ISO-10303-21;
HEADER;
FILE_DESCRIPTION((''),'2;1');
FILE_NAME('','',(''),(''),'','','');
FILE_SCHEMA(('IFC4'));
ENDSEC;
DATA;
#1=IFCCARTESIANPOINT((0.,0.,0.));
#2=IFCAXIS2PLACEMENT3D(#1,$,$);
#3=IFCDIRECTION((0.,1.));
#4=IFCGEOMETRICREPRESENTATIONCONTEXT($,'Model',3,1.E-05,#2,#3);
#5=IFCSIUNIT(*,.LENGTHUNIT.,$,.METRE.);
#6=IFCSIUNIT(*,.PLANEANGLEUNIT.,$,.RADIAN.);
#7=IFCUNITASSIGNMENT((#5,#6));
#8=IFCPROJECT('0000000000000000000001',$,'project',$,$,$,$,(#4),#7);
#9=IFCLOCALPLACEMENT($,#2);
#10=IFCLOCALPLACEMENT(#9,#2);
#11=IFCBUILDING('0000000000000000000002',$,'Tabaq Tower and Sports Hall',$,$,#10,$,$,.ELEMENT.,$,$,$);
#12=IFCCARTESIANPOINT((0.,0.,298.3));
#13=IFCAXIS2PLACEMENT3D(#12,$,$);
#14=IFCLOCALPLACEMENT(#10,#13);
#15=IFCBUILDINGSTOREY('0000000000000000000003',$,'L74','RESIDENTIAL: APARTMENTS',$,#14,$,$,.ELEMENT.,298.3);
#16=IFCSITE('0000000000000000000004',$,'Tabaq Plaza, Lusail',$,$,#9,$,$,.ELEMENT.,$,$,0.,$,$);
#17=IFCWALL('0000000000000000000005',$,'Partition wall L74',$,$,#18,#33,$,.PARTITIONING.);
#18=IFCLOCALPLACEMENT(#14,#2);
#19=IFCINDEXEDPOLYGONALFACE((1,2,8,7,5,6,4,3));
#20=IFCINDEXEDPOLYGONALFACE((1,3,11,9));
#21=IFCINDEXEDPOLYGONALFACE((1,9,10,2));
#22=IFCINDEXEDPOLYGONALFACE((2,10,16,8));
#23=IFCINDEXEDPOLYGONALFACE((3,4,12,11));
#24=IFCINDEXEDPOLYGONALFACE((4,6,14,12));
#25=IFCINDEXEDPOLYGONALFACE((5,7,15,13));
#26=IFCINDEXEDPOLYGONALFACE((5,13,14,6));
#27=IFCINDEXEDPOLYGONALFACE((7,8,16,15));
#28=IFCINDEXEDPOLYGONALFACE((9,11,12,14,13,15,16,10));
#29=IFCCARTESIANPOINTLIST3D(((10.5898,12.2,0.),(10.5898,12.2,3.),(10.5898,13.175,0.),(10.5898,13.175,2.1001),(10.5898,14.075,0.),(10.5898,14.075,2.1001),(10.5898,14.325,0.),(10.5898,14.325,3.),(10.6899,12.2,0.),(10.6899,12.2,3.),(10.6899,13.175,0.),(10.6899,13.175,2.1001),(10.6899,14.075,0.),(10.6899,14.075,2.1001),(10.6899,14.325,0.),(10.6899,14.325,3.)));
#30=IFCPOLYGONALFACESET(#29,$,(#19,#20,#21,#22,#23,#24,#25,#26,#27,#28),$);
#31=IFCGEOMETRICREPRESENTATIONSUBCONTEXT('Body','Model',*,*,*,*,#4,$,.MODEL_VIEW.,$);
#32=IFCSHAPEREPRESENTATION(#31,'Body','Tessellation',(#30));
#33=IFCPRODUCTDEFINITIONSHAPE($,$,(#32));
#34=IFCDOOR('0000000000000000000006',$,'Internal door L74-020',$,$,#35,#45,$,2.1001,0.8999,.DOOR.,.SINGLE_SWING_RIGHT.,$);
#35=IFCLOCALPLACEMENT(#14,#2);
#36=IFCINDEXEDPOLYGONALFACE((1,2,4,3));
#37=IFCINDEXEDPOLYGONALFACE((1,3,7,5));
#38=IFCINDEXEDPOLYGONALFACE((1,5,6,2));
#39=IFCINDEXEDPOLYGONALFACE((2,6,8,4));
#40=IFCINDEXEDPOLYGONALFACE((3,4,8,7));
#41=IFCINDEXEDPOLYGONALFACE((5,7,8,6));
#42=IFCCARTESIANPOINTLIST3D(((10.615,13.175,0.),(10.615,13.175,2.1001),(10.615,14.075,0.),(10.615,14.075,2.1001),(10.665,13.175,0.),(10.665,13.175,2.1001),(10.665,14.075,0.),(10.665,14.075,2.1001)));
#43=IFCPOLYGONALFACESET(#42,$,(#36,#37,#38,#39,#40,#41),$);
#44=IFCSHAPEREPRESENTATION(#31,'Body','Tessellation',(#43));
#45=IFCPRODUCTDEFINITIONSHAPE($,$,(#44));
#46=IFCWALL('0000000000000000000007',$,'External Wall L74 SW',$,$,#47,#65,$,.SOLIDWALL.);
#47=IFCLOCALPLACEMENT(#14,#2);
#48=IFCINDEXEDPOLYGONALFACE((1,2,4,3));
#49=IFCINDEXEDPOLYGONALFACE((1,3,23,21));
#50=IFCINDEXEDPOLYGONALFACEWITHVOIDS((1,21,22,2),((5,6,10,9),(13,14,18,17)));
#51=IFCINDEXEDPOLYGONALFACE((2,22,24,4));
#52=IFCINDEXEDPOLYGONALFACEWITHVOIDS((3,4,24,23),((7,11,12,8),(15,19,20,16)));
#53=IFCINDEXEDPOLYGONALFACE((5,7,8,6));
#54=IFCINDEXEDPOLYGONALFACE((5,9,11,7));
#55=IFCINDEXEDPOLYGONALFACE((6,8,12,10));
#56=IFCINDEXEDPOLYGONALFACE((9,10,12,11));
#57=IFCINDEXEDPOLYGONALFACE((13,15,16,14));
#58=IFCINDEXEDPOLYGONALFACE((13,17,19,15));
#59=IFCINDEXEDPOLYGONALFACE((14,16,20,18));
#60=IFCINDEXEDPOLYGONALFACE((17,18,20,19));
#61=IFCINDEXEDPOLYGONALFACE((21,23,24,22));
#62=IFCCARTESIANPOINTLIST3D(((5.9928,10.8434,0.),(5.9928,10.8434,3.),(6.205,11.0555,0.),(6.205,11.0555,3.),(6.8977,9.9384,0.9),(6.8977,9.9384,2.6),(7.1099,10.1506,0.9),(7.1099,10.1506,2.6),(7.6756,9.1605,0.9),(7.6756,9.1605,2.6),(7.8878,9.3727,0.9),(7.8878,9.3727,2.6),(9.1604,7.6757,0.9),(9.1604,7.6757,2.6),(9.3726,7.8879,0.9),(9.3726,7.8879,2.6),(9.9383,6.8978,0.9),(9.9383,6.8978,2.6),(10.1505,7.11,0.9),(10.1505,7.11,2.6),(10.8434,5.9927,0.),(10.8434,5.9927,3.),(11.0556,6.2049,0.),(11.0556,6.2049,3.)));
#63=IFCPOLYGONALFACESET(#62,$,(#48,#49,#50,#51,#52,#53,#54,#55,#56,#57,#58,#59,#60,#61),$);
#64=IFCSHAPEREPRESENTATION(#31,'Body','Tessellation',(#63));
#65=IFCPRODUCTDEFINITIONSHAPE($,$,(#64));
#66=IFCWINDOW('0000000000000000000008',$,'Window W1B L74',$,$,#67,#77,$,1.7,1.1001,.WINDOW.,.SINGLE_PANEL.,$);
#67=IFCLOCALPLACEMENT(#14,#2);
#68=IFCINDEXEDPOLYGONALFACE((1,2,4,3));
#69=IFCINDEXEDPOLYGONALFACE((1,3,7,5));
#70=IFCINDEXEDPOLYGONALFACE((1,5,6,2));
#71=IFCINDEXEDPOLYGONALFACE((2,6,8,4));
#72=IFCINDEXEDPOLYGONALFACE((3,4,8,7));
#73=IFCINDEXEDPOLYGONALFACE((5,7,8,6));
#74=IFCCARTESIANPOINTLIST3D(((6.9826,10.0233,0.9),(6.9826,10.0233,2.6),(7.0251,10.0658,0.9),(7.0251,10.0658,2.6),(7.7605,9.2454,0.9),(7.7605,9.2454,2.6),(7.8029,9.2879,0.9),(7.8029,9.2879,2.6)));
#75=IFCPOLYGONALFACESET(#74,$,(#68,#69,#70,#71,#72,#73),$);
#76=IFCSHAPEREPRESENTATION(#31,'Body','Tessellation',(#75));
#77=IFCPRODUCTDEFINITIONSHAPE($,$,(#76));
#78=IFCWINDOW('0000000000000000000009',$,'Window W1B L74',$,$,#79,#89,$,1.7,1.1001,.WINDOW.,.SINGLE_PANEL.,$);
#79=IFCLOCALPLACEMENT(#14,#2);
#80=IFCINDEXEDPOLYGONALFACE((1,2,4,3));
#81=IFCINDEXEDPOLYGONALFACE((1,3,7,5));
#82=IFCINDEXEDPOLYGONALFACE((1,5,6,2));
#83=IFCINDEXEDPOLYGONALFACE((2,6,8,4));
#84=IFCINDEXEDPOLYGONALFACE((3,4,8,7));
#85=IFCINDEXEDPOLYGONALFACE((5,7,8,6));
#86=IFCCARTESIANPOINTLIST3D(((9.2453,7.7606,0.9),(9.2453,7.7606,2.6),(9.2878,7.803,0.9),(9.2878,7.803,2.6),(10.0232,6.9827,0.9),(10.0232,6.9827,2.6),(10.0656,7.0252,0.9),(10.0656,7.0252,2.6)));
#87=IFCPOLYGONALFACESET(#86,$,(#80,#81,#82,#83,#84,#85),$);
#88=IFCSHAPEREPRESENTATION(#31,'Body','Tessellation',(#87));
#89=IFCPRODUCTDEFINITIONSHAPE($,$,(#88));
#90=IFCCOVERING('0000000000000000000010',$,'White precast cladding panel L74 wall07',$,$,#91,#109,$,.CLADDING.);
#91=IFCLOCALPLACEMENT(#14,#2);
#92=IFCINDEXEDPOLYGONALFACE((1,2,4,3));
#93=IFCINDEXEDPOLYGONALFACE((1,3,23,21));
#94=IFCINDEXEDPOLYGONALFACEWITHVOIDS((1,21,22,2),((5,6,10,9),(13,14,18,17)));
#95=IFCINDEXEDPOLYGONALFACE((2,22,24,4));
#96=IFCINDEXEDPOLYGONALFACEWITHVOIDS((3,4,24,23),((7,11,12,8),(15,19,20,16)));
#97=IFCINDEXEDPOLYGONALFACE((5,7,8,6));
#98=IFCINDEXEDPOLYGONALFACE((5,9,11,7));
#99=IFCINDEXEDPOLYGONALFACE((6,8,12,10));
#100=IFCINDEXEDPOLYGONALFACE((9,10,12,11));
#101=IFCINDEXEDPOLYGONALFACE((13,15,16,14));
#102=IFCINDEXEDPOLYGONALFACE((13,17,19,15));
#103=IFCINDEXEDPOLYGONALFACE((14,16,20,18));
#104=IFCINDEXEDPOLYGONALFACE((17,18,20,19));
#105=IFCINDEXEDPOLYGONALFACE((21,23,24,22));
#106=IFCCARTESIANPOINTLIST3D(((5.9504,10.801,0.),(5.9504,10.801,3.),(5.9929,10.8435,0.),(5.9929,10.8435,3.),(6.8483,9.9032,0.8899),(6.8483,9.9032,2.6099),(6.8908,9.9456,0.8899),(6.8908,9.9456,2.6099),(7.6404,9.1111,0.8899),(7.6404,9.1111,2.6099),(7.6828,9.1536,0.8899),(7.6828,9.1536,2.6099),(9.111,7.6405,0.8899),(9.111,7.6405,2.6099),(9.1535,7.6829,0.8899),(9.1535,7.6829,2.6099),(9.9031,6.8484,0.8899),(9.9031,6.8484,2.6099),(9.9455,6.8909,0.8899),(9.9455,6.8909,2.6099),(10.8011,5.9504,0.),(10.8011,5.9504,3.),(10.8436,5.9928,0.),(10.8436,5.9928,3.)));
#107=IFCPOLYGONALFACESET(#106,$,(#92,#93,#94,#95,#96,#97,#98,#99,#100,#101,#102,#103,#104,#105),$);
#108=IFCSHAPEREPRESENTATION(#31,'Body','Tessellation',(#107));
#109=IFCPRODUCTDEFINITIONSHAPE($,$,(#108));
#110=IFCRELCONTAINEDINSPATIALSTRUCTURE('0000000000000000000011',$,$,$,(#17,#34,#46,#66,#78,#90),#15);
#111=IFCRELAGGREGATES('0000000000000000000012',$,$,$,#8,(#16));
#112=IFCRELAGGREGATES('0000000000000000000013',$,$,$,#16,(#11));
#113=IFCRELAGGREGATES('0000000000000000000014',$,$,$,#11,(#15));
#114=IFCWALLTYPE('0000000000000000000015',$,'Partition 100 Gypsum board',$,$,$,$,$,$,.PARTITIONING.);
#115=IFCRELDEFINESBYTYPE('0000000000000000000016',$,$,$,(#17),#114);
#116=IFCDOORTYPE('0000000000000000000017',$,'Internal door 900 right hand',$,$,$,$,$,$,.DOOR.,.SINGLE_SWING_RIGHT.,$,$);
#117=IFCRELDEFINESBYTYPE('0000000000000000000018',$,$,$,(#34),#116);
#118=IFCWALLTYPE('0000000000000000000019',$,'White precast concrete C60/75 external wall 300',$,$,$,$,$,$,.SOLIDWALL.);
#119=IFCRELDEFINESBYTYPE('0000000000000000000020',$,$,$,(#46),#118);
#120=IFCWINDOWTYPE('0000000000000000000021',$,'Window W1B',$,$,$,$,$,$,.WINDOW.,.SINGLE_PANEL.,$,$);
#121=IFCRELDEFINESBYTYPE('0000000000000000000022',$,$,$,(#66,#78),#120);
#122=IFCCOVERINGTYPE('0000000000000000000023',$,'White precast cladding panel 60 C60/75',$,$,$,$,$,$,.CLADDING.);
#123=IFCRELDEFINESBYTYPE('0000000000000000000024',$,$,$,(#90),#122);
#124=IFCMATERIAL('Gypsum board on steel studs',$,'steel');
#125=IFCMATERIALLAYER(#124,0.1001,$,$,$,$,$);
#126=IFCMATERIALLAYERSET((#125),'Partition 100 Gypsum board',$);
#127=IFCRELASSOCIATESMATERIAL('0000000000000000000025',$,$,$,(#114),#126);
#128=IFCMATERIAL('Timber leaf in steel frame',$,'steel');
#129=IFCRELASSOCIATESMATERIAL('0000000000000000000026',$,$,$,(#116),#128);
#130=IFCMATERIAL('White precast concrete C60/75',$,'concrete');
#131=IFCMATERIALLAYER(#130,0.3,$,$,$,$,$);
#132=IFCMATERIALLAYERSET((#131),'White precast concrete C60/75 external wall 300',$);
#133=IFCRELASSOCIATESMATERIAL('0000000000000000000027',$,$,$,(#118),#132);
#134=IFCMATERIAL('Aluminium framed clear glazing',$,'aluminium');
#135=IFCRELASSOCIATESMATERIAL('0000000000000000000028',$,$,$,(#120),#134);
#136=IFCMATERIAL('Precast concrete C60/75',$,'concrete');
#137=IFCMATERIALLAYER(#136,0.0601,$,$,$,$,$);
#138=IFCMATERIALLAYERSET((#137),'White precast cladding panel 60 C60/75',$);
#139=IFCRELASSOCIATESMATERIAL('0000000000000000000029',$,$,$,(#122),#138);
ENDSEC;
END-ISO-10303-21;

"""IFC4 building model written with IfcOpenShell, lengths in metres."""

from ifc_helpers import new_model, si_unit, direction, frame, frame_2d, origin, place, context, subcontext, project, spatial, polyline, rectangle, outline, extrude, material, layer, layer_set, type_object, element, fill, save


model = new_model("IFC4")

# Units and contexts
model_context = context("Model", 3, precision=1e-05, world=origin(), true_north=direction((0.0, 1.0)))
body_context = subcontext(model_context, "Body", "Model", "MODEL_VIEW")
ifc_project = project(units=[si_unit("LENGTHUNIT", "METRE"), si_unit("PLANEANGLEUNIT", "RADIAN")], contexts=[model_context])

# Site, building, storey
site_placement = place(None, origin())
site = spatial("IfcSite", under=ifc_project, at=site_placement, Name="Tabaq Plaza, Lusail", CompositionType="ELEMENT", RefElevation=0.0)
building_placement = place(site_placement, origin())
building = spatial("IfcBuilding", under=site, at=building_placement, Name="Tabaq Tower and Sports Hall", CompositionType="ELEMENT")
storey_placement = place(building_placement, frame((0.0, 0.0, 298.3)))
storey = spatial("IfcBuildingStorey", under=building, at=storey_placement, Name="L74", Description="RESIDENTIAL: APARTMENTS", CompositionType="ELEMENT", Elevation=298.3)

# Shared definitions
ifc_material_1 = material(Name="Gypsum board on steel studs", Category="steel")
ifc_layer_1 = layer(ifc_material_1, 0.1001)
ifc_layer_set_1 = layer_set([ifc_layer_1], Name="Partition 100 Gypsum board")
wall_type_1 = type_object("IfcWallType", Name="Partition 100 Gypsum board", PredefinedType="PARTITIONING", material=ifc_layer_set_1)
ifc_material_2 = material(Name="Timber leaf in steel frame", Category="steel")
door_type_1 = type_object("IfcDoorType", Name="Internal door 900 right hand", OperationType="SINGLE_SWING_RIGHT", PredefinedType="DOOR", material=ifc_material_2)

# Wall, opening, door
wall_1_placement = place(storey_placement, frame((10.6399, 12.2, 0.0), z_axis=(0.0, 0.0, 1.0), x_axis=(0.0, 1.0, 0.0)))
wall_1 = element("IfcWall", 1, at=wall_1_placement, inside=storey, type_object=wall_type_1, Name="Partition wall L74", PredefinedType="PARTITIONING", context=body_context, shape_type="SweptSolid", body=[
    extrude(rectangle(XDim=2.125, YDim=0.1001, at=frame_2d((1.0625, 0.0))), origin(), (0.0, 0.0, 1.0), 3.0),
])
opening_1_placement = place(wall_1_placement, frame((0.9751, 0.0, 0.0)))
opening_1 = element("IfcOpeningElement", 2, at=opening_1_placement, cuts=wall_1, PredefinedType="OPENING", context=body_context, shape_type="SweptSolid", body=[
    extrude(rectangle(XDim=0.8999, YDim=2.1001, at=frame_2d((0.45, 1.05))), frame((0.0, 0.05, 0.0), z_axis=(0.0, -1.0, 0.0), x_axis=(1.0, 0.0, 0.0)), (0.0, 0.0, 1.0), 0.1001),
])
door_1_placement = place(opening_1_placement, origin())
door_1 = element("IfcDoor", 3, at=door_1_placement, inside=storey, type_object=door_type_1, Name="Internal door L74-020", OperationType="SINGLE_SWING_RIGHT", OverallHeight=2.1001, OverallWidth=0.8999, PredefinedType="DOOR", context=body_context, shape_type="SweptSolid", body=[
    extrude(rectangle(XDim=0.8999, YDim=2.1001, at=frame_2d((0.45, 1.05))), frame((0.0, 0.0249, 0.0), z_axis=(0.0, -1.0, 0.0), x_axis=(1.0, 0.0, 0.0)), (0.0, 0.0, 1.0), 0.05),
])
fill(opening_1, door_1)

# Wall, openings, windows
ifc_material_3 = material(Name="White precast concrete C60/75", Category="concrete")
ifc_layer_2 = layer(ifc_material_3, 0.3)
ifc_layer_set_2 = layer_set([ifc_layer_2], Name="White precast concrete C60/75 external wall 300")
wall_type_2 = type_object("IfcWallType", Name="White precast concrete C60/75 external wall 300", PredefinedType="SOLIDWALL", material=ifc_layer_set_2)
wall_2_placement = place(storey_placement, frame((6.0989, 10.9495, 0.0), z_axis=(0.0, 0.0, 1.0), x_axis=(0.707107, -0.707107, 0.0)))
wall_2 = element("IfcWall", 4, at=wall_2_placement, inside=storey, type_object=wall_type_2, Name="External Wall L74 SW", PredefinedType="SOLIDWALL", context=body_context, shape_type="SweptSolid", body=[
    extrude(rectangle(XDim=6.8599, YDim=0.3, at=frame_2d((3.4299, 0.0))), origin(), (0.0, 0.0, 1.0), 3.0),
])
opening_2_placement = place(wall_2_placement, frame((1.2798, 0.0, 0.8999)))
opening_2 = element("IfcOpeningElement", 5, at=opening_2_placement, cuts=wall_2, PredefinedType="OPENING", context=body_context, shape_type="SweptSolid", body=[
    extrude(rectangle(XDim=1.1001, YDim=1.7, at=frame_2d((0.55, 0.8501))), frame((0.0, 0.1602, 0.0), z_axis=(0.0, -1.0, 0.0), x_axis=(1.0, 0.0, 0.0)), (0.0, 0.0, 1.0), 0.3201),
])
opening_3_placement = place(wall_2_placement, frame((4.4797, 0.0, 0.8999)))
opening_3 = element("IfcOpeningElement", 6, at=opening_3_placement, cuts=wall_2, PredefinedType="OPENING", context=body_context, shape_type="SweptSolid", body=[
    extrude(rectangle(XDim=1.1001, YDim=1.7, at=frame_2d((0.55, 0.8501))), frame((0.0, 0.1602, 0.0), z_axis=(0.0, -1.0, 0.0), x_axis=(1.0, 0.0, 0.0)), (0.0, 0.0, 1.0), 0.3201),
])
ifc_material_4 = material(Name="Aluminium framed clear glazing", Category="aluminium")
window_type = type_object("IfcWindowType", Name="Window W1B", PartitioningType="SINGLE_PANEL", PredefinedType="WINDOW", material=ifc_material_4)
window_1_placement = place(opening_2_placement, origin())
window_1 = element("IfcWindow", 7, at=window_1_placement, inside=storey, type_object=window_type, Name="Window W1B L74", OverallHeight=1.7, OverallWidth=1.1001, PartitioningType="SINGLE_PANEL", PredefinedType="WINDOW", context=body_context, shape_type="SweptSolid", body=[
    extrude(rectangle(XDim=1.1001, YDim=1.7, at=frame_2d((0.55, 0.8501))), frame((0.0, 0.03, 0.0), z_axis=(0.0, -1.0, 0.0), x_axis=(1.0, 0.0, 0.0)), (0.0, 0.0, 1.0), 0.0601),
])
fill(opening_2, window_1)
window_2_placement = place(opening_3_placement, origin())
window_2 = element("IfcWindow", 8, at=window_2_placement, inside=storey, type_object=window_type, Name="Window W1B L74", OverallHeight=1.7, OverallWidth=1.1001, PartitioningType="SINGLE_PANEL", PredefinedType="WINDOW", context=body_context, shape_type="SweptSolid", body=[
    extrude(rectangle(XDim=1.1001, YDim=1.7, at=frame_2d((0.55, 0.8501))), frame((0.0, 0.03, 0.0), z_axis=(0.0, -1.0, 0.0), x_axis=(1.0, 0.0, 0.0)), (0.0, 0.0, 1.0), 0.0601),
])
fill(opening_3, window_2)

# Covering
ifc_material_5 = material(Name="Precast concrete C60/75", Category="concrete")
ifc_layer_3 = layer(ifc_material_5, 0.0601)
ifc_layer_set_3 = layer_set([ifc_layer_3], Name="White precast cladding panel 60 C60/75")
covering_type = type_object("IfcCoveringType", Name="White precast cladding panel 60 C60/75", PredefinedType="CLADDING", material=ifc_layer_set_3)
covering_placement = place(storey_placement, frame((5.9717, 10.8223, 0.0), z_axis=(0.0, 0.0, 1.0), x_axis=(0.707107, -0.707107, 0.0)))
element("IfcCovering", 9, at=covering_placement, inside=storey, type_object=covering_type, Name="White precast cladding panel L74 wall07", PredefinedType="CLADDING", context=body_context, shape_type="SweptSolid", body=[
    extrude(outline(polyline([(0.0, 0.0), (6.8599, 0.0), (6.8599, 3.0), (0.0, 3.0), (0.0, 0.0)]), holes=[polyline([(1.2698, 2.6099), (2.3899, 2.6099), (2.3899, 0.8899), (1.2698, 0.8899), (1.2698, 2.6099)]), polyline([(4.4697, 2.6099), (5.5898, 2.6099), (5.5898, 0.8899), (4.4697, 0.8899), (4.4697, 2.6099)])]), frame((0.0, 0.03, 0.0), z_axis=(0.0, -1.0, 0.0), x_axis=(1.0, 0.0, 0.0)), (0.0, 0.0, 1.0), 0.0601),
])

save(model, "model.ifc")
